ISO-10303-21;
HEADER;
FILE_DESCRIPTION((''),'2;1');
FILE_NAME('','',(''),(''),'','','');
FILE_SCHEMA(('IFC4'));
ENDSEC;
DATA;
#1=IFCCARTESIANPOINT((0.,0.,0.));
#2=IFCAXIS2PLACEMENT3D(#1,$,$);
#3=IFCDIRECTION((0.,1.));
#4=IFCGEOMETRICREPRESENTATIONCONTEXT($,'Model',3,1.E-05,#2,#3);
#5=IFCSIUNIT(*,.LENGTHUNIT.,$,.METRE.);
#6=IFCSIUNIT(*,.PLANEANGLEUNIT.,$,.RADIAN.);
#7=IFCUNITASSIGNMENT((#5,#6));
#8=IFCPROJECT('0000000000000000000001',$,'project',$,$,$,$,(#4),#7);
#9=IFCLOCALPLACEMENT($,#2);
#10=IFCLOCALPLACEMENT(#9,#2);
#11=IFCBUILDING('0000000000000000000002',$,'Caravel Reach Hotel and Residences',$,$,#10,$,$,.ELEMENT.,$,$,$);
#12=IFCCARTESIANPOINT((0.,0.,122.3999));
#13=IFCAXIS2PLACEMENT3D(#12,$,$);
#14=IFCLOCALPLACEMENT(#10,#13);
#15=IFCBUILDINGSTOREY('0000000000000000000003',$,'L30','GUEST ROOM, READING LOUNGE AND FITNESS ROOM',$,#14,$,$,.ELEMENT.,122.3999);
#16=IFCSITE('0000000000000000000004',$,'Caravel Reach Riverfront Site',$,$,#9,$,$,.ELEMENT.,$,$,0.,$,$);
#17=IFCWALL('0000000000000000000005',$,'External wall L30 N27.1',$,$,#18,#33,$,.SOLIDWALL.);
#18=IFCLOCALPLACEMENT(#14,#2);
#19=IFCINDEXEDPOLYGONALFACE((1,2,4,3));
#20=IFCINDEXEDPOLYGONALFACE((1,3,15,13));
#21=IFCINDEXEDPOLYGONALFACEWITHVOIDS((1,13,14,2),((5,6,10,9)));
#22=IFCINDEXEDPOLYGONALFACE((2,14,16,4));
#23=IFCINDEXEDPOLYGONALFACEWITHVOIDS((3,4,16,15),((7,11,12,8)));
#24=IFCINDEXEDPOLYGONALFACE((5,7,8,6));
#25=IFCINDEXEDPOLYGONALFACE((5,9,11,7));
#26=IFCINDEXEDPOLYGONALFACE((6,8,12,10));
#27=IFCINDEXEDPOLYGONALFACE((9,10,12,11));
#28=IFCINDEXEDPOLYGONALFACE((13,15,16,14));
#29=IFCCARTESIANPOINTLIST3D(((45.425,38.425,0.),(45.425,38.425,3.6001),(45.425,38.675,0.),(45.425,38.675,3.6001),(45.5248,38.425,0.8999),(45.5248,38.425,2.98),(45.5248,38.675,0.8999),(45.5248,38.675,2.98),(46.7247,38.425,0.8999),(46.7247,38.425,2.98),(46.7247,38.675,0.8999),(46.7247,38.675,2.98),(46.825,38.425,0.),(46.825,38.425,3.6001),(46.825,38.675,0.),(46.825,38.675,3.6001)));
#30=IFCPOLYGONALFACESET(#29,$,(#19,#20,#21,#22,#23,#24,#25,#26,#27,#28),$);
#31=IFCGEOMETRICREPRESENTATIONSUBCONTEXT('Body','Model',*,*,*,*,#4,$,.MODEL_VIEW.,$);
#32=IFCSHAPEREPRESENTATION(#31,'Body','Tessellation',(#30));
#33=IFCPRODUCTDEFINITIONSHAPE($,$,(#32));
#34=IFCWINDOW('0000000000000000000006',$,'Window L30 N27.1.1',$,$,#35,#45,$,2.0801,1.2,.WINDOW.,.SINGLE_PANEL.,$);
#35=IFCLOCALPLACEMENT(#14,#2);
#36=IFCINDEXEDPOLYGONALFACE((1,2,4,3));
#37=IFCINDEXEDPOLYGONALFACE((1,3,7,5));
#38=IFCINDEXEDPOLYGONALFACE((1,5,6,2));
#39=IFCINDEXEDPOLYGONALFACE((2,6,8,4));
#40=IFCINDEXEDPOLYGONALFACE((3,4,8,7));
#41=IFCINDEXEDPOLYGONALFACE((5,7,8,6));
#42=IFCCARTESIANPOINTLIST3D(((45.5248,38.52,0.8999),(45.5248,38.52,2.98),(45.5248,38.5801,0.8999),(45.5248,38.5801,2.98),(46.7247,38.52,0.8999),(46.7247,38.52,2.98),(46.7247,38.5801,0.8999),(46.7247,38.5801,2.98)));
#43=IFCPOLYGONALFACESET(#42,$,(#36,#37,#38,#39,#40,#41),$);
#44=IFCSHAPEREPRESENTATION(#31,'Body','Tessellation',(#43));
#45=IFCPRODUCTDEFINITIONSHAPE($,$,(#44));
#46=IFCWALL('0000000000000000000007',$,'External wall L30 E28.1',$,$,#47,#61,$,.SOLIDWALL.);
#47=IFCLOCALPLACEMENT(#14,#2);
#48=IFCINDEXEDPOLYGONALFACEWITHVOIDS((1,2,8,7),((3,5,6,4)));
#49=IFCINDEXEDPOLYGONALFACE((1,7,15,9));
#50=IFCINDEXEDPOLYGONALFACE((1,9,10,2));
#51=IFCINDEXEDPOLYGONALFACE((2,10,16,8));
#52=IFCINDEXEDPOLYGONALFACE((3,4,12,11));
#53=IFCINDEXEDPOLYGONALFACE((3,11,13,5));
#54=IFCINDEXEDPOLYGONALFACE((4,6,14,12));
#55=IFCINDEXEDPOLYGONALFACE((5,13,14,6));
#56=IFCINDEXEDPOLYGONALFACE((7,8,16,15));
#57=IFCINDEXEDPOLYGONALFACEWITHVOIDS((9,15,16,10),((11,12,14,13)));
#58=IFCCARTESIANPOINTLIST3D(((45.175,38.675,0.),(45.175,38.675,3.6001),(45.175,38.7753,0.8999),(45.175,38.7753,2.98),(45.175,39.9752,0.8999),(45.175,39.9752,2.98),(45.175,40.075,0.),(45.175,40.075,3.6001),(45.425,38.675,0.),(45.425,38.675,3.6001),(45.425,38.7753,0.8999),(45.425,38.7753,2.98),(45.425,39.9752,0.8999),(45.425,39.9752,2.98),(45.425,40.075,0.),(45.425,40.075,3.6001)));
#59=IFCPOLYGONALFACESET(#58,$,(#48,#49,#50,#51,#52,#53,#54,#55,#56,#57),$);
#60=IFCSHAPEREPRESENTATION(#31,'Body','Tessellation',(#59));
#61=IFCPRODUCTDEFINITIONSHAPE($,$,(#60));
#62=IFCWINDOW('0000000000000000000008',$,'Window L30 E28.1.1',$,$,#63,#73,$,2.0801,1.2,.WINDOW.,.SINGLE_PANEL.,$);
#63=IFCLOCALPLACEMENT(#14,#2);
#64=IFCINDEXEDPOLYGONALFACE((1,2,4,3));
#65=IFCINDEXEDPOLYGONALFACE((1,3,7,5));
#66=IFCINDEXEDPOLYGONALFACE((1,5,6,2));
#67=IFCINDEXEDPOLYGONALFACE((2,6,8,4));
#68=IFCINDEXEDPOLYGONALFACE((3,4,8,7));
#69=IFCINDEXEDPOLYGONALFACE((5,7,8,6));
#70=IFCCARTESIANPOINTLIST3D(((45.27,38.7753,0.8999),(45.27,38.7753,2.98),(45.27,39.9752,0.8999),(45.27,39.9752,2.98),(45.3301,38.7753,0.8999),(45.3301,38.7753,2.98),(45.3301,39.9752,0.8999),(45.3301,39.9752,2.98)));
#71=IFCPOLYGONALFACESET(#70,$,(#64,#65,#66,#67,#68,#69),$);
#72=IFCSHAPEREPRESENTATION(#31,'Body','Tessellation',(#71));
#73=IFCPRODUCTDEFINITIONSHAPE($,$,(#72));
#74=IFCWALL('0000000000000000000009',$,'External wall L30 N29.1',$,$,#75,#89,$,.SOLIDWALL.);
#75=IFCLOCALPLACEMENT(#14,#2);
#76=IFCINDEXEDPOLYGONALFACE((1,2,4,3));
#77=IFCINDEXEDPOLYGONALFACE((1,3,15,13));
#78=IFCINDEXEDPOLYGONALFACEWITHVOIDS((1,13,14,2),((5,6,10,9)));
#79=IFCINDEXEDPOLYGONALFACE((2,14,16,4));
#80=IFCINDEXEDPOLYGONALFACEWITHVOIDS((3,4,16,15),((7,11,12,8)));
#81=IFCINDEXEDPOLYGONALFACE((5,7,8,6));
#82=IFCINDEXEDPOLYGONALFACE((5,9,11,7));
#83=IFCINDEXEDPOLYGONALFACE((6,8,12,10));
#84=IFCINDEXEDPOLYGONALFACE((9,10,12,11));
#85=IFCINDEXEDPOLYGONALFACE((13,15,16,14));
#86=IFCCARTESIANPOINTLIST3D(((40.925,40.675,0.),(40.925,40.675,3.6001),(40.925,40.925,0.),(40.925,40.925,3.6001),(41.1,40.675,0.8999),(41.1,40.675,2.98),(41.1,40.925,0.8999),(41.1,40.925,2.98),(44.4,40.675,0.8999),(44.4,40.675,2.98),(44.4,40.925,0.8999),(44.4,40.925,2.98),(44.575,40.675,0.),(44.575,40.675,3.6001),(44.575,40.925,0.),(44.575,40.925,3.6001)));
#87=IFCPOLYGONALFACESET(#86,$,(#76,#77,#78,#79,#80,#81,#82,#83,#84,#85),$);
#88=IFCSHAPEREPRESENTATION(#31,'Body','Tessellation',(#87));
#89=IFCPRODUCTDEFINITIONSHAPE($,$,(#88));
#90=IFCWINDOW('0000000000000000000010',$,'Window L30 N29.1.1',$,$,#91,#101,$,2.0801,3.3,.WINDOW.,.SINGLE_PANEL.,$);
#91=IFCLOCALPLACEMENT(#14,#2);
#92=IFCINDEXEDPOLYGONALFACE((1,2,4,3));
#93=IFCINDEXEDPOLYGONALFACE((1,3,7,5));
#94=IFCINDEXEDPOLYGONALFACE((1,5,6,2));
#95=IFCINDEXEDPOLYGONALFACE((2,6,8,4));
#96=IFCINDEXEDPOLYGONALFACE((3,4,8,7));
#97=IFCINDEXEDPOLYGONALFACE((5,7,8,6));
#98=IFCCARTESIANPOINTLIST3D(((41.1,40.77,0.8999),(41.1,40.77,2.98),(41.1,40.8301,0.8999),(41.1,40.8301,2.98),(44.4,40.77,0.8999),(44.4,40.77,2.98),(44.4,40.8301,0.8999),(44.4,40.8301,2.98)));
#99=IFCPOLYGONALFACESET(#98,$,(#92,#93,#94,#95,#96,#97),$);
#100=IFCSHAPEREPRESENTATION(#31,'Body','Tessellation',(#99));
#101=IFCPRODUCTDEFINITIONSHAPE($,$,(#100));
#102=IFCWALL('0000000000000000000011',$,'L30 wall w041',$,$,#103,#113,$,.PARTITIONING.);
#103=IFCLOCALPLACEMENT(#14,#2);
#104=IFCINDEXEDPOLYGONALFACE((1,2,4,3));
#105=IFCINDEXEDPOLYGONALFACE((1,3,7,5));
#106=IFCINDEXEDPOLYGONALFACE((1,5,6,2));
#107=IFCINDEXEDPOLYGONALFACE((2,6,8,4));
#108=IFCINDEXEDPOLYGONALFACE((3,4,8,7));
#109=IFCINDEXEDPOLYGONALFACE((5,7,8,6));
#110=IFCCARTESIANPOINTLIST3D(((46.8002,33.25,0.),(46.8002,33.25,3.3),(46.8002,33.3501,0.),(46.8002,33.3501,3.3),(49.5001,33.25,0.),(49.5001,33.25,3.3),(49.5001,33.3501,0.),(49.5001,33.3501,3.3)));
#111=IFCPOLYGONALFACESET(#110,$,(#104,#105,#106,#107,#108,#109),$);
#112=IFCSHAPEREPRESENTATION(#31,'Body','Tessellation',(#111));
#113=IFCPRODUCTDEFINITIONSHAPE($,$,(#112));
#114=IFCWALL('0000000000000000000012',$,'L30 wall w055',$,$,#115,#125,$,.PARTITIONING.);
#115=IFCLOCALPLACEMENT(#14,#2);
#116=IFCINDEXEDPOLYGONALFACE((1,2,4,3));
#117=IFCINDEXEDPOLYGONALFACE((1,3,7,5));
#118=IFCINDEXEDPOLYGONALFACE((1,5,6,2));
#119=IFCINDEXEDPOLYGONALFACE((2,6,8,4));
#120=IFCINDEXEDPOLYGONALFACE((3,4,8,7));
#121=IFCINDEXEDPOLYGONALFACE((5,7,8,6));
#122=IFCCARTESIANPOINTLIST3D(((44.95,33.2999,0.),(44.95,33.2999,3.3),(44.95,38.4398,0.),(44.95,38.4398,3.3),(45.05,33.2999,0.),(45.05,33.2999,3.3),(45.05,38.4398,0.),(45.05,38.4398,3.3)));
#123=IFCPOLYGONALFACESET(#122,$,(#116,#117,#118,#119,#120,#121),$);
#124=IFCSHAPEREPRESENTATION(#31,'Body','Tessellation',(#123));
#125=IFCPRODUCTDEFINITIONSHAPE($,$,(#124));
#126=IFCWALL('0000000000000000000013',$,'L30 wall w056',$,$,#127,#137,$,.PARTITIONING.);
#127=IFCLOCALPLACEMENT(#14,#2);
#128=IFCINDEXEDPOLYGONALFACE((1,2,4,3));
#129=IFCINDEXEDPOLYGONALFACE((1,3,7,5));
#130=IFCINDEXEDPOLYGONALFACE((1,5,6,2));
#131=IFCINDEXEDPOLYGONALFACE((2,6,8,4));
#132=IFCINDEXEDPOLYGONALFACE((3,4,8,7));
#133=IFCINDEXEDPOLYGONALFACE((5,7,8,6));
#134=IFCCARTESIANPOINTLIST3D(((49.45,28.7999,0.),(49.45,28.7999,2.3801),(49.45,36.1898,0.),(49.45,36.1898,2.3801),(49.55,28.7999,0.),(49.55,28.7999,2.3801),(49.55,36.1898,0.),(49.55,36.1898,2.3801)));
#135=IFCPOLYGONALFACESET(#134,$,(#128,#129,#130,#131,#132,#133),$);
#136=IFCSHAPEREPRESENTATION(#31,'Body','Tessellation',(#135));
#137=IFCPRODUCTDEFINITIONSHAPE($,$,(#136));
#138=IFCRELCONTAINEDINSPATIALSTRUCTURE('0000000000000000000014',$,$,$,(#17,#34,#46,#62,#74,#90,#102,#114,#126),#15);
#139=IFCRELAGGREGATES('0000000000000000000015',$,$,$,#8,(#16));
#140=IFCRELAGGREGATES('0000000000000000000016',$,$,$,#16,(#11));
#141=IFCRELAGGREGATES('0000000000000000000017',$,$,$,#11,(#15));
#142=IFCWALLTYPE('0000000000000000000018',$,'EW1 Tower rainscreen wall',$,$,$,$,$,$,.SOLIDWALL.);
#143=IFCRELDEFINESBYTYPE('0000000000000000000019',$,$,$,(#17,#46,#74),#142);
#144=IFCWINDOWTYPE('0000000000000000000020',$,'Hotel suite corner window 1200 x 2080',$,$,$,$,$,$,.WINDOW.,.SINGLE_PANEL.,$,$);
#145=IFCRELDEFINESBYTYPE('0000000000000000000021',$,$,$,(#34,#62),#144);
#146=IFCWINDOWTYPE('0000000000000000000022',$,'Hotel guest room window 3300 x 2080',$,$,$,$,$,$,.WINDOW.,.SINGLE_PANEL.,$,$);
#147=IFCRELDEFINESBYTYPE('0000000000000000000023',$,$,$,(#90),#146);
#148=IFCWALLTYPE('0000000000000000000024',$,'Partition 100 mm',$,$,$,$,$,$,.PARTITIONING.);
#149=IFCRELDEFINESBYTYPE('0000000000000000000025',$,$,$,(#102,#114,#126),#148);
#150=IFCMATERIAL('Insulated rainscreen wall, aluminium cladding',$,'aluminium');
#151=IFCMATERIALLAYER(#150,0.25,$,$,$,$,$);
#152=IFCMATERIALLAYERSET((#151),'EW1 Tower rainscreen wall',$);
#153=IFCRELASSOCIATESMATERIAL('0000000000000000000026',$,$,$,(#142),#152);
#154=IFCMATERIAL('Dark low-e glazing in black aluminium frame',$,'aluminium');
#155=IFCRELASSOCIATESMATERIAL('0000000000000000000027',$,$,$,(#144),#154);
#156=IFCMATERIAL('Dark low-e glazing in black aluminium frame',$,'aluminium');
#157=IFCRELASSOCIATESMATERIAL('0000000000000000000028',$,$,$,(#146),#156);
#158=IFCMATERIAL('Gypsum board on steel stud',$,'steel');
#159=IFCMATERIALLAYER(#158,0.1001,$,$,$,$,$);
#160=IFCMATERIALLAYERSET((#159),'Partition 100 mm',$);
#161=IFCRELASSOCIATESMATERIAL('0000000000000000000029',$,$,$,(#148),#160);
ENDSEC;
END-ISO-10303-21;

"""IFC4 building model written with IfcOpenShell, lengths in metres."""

from ifc_helpers import new_model, si_unit, direction, frame, frame_2d, origin, place, context, subcontext, project, spatial, rectangle, extrude, material, layer, layer_set, type_object, element, fill, save


model = new_model("IFC4")

# Units and contexts
model_context = context("Model", 3, precision=1e-05, world=origin(), true_north=direction((0.0, 1.0)))
body_context = subcontext(model_context, "Body", "Model", "MODEL_VIEW")
ifc_project = project(units=[si_unit("LENGTHUNIT", "METRE"), si_unit("PLANEANGLEUNIT", "RADIAN")], contexts=[model_context])

# Site, building, storey
site_placement = place(None, origin())
site = spatial("IfcSite", under=ifc_project, at=site_placement, Name="Caravel Reach Riverfront Site", CompositionType="ELEMENT", RefElevation=0.0)
building_placement = place(site_placement, origin())
building = spatial("IfcBuilding", under=site, at=building_placement, Name="Caravel Reach Hotel and Residences", CompositionType="ELEMENT")
storey_placement = place(building_placement, frame((0.0, 0.0, 122.3999)))
storey = spatial("IfcBuildingStorey", under=building, at=storey_placement, Name="L30", Description="GUEST ROOM, READING LOUNGE AND FITNESS ROOM", CompositionType="ELEMENT", Elevation=122.3999)

# Walls, openings, windows
ifc_material_1 = material(Name="Insulated rainscreen wall, aluminium cladding", Category="aluminium")
ifc_layer_1 = layer(ifc_material_1, 0.25)
ifc_layer_set_1 = layer_set([ifc_layer_1], Name="EW1 Tower rainscreen wall")
wall_type_1 = type_object("IfcWallType", Name="EW1 Tower rainscreen wall", PredefinedType="SOLIDWALL", material=ifc_layer_set_1)
ifc_material_2 = material(Name="Dark low-e glazing in black aluminium frame", Category="aluminium")
window_type_1 = type_object("IfcWindowType", Name="Hotel suite corner window 1200 x 2080", PartitioningType="SINGLE_PANEL", PredefinedType="WINDOW", material=ifc_material_2)
wall_1_placement = place(storey_placement, frame((46.825, 38.55, 0.0), z_axis=(0.0, 0.0, 1.0), x_axis=(-1.0, 0.0, 0.0)))
wall_1 = element("IfcWall", 1, at=wall_1_placement, inside=storey, type_object=wall_type_1, Name="External wall L30 N27.1", PredefinedType="SOLIDWALL", context=body_context, shape_type="SweptSolid", body=[
    extrude(rectangle(XDim=1.3999, YDim=0.25, at=frame_2d((0.7, 0.0))), origin(), (0.0, 0.0, 1.0), 3.6001),
])
opening_1_placement = place(wall_1_placement, frame((0.1001, 0.0, 0.8999)))
opening_1 = element("IfcOpeningElement", 2, at=opening_1_placement, cuts=wall_1, PredefinedType="OPENING", context=body_context, shape_type="SweptSolid", body=[
    extrude(rectangle(XDim=1.2, YDim=2.0801, at=frame_2d((0.6001, 1.04))), frame((0.0, 0.135, 0.0), z_axis=(0.0, -1.0, 0.0), x_axis=(1.0, 0.0, 0.0)), (0.0, 0.0, 1.0), 0.27),
])
window_1_placement = place(opening_1_placement, origin())
window_1 = element("IfcWindow", 3, at=window_1_placement, inside=storey, type_object=window_type_1, Name="Window L30 N27.1.1", OverallHeight=2.0801, OverallWidth=1.2, PartitioningType="SINGLE_PANEL", PredefinedType="WINDOW", context=body_context, shape_type="SweptSolid", body=[
    extrude(rectangle(XDim=1.2, YDim=2.0801, at=frame_2d((0.6001, 1.04))), frame((0.0, 0.03, 0.0), z_axis=(0.0, -1.0, 0.0), x_axis=(1.0, 0.0, 0.0)), (0.0, 0.0, 1.0), 0.0601),
])
fill(opening_1, window_1)
wall_2_placement = place(storey_placement, frame((45.3, 38.675, 0.0), z_axis=(0.0, 0.0, 1.0), x_axis=(0.0, 1.0, 0.0)))
wall_2 = element("IfcWall", 4, at=wall_2_placement, inside=storey, type_object=wall_type_1, Name="External wall L30 E28.1", PredefinedType="SOLIDWALL", context=body_context, shape_type="SweptSolid", body=[
    extrude(rectangle(XDim=1.3999, YDim=0.25, at=frame_2d((0.7, 0.0))), origin(), (0.0, 0.0, 1.0), 3.6001),
])
opening_2_placement = place(wall_2_placement, frame((0.1001, 0.0, 0.8999)))
opening_2 = element("IfcOpeningElement", 5, at=opening_2_placement, cuts=wall_2, PredefinedType="OPENING", context=body_context, shape_type="SweptSolid", body=[
    extrude(rectangle(XDim=1.2, YDim=2.0801, at=frame_2d((0.6001, 1.04))), frame((0.0, 0.135, 0.0), z_axis=(0.0, -1.0, 0.0), x_axis=(1.0, 0.0, 0.0)), (0.0, 0.0, 1.0), 0.27),
])
window_2_placement = place(opening_2_placement, origin())
window_2 = element("IfcWindow", 6, at=window_2_placement, inside=storey, type_object=window_type_1, Name="Window L30 E28.1.1", OverallHeight=2.0801, OverallWidth=1.2, PartitioningType="SINGLE_PANEL", PredefinedType="WINDOW", context=body_context, shape_type="SweptSolid", body=[
    extrude(rectangle(XDim=1.2, YDim=2.0801, at=frame_2d((0.6001, 1.04))), frame((0.0, 0.03, 0.0), z_axis=(0.0, -1.0, 0.0), x_axis=(1.0, 0.0, 0.0)), (0.0, 0.0, 1.0), 0.0601),
])
fill(opening_2, window_2)
wall_3_placement = place(storey_placement, frame((44.575, 40.8, 0.0), z_axis=(0.0, 0.0, 1.0), x_axis=(-1.0, 0.0, 0.0)))
wall_3 = element("IfcWall", 7, at=wall_3_placement, inside=storey, type_object=wall_type_1, Name="External wall L30 N29.1", PredefinedType="SOLIDWALL", context=body_context, shape_type="SweptSolid", body=[
    extrude(rectangle(XDim=3.6499, YDim=0.25, at=frame_2d((1.825, 0.0))), origin(), (0.0, 0.0, 1.0), 3.6001),
])
opening_3_placement = place(wall_3_placement, frame((0.175, 0.0, 0.8999)))
opening_3 = element("IfcOpeningElement", 8, at=opening_3_placement, cuts=wall_3, PredefinedType="OPENING", context=body_context, shape_type="SweptSolid", body=[
    extrude(rectangle(XDim=3.3, YDim=2.0801, at=frame_2d((1.6499, 1.04))), frame((0.0, 0.135, 0.0), z_axis=(0.0, -1.0, 0.0), x_axis=(1.0, 0.0, 0.0)), (0.0, 0.0, 1.0), 0.27),
])
ifc_material_3 = material(Name="Dark low-e glazing in black aluminium frame", Category="aluminium")
window_type_2 = type_object("IfcWindowType", Name="Hotel guest room window 3300 x 2080", PartitioningType="SINGLE_PANEL", PredefinedType="WINDOW", material=ifc_material_3)
window_3_placement = place(opening_3_placement, origin())
window_3 = element("IfcWindow", 9, at=window_3_placement, inside=storey, type_object=window_type_2, Name="Window L30 N29.1.1", OverallHeight=2.0801, OverallWidth=3.3, PartitioningType="SINGLE_PANEL", PredefinedType="WINDOW", context=body_context, shape_type="SweptSolid", body=[
    extrude(rectangle(XDim=3.3, YDim=2.0801, at=frame_2d((1.6499, 1.04))), frame((0.0, 0.03, 0.0), z_axis=(0.0, -1.0, 0.0), x_axis=(1.0, 0.0, 0.0)), (0.0, 0.0, 1.0), 0.0601),
])
fill(opening_3, window_3)

# Walls
ifc_material_4 = material(Name="Gypsum board on steel stud", Category="steel")
ifc_layer_2 = layer(ifc_material_4, 0.1001)
ifc_layer_set_2 = layer_set([ifc_layer_2], Name="Partition 100 mm")
wall_type_2 = type_object("IfcWallType", Name="Partition 100 mm", PredefinedType="PARTITIONING", material=ifc_layer_set_2)
wall_4_placement = place(storey_placement, frame((46.8, 33.3, 0.0), z_axis=(0.0, 0.0, 1.0), x_axis=(1.0, 0.0, 0.0)))
element("IfcWall", 10, at=wall_4_placement, inside=storey, type_object=wall_type_2, Name="L30 wall w041", PredefinedType="PARTITIONING", context=body_context, shape_type="SweptSolid", body=[
    extrude(rectangle(XDim=2.7, YDim=0.1001, at=frame_2d((1.3501, 0.0))), origin(), (0.0, 0.0, 1.0), 3.3),
])
wall_5_placement = place(storey_placement, frame((45.0, 33.3, 0.0), z_axis=(0.0, 0.0, 1.0), x_axis=(0.0, 1.0, 0.0)))
element("IfcWall", 11, at=wall_5_placement, inside=storey, type_object=wall_type_2, Name="L30 wall w055", PredefinedType="PARTITIONING", context=body_context, shape_type="SweptSolid", body=[
    extrude(rectangle(XDim=5.1399, YDim=0.1001, at=frame_2d((2.5698, 0.0))), origin(), (0.0, 0.0, 1.0), 3.3),
])
wall_6_placement = place(storey_placement, frame((49.5, 28.8, 0.0), z_axis=(0.0, 0.0, 1.0), x_axis=(0.0, 1.0, 0.0)))
element("IfcWall", 12, at=wall_6_placement, inside=storey, type_object=wall_type_2, Name="L30 wall w056", PredefinedType="PARTITIONING", context=body_context, shape_type="SweptSolid", body=[
    extrude(rectangle(XDim=7.3899, YDim=0.1001, at=frame_2d((3.6948, 0.0))), origin(), (0.0, 0.0, 1.0), 2.3801),
])

save(model, "model.ifc")
